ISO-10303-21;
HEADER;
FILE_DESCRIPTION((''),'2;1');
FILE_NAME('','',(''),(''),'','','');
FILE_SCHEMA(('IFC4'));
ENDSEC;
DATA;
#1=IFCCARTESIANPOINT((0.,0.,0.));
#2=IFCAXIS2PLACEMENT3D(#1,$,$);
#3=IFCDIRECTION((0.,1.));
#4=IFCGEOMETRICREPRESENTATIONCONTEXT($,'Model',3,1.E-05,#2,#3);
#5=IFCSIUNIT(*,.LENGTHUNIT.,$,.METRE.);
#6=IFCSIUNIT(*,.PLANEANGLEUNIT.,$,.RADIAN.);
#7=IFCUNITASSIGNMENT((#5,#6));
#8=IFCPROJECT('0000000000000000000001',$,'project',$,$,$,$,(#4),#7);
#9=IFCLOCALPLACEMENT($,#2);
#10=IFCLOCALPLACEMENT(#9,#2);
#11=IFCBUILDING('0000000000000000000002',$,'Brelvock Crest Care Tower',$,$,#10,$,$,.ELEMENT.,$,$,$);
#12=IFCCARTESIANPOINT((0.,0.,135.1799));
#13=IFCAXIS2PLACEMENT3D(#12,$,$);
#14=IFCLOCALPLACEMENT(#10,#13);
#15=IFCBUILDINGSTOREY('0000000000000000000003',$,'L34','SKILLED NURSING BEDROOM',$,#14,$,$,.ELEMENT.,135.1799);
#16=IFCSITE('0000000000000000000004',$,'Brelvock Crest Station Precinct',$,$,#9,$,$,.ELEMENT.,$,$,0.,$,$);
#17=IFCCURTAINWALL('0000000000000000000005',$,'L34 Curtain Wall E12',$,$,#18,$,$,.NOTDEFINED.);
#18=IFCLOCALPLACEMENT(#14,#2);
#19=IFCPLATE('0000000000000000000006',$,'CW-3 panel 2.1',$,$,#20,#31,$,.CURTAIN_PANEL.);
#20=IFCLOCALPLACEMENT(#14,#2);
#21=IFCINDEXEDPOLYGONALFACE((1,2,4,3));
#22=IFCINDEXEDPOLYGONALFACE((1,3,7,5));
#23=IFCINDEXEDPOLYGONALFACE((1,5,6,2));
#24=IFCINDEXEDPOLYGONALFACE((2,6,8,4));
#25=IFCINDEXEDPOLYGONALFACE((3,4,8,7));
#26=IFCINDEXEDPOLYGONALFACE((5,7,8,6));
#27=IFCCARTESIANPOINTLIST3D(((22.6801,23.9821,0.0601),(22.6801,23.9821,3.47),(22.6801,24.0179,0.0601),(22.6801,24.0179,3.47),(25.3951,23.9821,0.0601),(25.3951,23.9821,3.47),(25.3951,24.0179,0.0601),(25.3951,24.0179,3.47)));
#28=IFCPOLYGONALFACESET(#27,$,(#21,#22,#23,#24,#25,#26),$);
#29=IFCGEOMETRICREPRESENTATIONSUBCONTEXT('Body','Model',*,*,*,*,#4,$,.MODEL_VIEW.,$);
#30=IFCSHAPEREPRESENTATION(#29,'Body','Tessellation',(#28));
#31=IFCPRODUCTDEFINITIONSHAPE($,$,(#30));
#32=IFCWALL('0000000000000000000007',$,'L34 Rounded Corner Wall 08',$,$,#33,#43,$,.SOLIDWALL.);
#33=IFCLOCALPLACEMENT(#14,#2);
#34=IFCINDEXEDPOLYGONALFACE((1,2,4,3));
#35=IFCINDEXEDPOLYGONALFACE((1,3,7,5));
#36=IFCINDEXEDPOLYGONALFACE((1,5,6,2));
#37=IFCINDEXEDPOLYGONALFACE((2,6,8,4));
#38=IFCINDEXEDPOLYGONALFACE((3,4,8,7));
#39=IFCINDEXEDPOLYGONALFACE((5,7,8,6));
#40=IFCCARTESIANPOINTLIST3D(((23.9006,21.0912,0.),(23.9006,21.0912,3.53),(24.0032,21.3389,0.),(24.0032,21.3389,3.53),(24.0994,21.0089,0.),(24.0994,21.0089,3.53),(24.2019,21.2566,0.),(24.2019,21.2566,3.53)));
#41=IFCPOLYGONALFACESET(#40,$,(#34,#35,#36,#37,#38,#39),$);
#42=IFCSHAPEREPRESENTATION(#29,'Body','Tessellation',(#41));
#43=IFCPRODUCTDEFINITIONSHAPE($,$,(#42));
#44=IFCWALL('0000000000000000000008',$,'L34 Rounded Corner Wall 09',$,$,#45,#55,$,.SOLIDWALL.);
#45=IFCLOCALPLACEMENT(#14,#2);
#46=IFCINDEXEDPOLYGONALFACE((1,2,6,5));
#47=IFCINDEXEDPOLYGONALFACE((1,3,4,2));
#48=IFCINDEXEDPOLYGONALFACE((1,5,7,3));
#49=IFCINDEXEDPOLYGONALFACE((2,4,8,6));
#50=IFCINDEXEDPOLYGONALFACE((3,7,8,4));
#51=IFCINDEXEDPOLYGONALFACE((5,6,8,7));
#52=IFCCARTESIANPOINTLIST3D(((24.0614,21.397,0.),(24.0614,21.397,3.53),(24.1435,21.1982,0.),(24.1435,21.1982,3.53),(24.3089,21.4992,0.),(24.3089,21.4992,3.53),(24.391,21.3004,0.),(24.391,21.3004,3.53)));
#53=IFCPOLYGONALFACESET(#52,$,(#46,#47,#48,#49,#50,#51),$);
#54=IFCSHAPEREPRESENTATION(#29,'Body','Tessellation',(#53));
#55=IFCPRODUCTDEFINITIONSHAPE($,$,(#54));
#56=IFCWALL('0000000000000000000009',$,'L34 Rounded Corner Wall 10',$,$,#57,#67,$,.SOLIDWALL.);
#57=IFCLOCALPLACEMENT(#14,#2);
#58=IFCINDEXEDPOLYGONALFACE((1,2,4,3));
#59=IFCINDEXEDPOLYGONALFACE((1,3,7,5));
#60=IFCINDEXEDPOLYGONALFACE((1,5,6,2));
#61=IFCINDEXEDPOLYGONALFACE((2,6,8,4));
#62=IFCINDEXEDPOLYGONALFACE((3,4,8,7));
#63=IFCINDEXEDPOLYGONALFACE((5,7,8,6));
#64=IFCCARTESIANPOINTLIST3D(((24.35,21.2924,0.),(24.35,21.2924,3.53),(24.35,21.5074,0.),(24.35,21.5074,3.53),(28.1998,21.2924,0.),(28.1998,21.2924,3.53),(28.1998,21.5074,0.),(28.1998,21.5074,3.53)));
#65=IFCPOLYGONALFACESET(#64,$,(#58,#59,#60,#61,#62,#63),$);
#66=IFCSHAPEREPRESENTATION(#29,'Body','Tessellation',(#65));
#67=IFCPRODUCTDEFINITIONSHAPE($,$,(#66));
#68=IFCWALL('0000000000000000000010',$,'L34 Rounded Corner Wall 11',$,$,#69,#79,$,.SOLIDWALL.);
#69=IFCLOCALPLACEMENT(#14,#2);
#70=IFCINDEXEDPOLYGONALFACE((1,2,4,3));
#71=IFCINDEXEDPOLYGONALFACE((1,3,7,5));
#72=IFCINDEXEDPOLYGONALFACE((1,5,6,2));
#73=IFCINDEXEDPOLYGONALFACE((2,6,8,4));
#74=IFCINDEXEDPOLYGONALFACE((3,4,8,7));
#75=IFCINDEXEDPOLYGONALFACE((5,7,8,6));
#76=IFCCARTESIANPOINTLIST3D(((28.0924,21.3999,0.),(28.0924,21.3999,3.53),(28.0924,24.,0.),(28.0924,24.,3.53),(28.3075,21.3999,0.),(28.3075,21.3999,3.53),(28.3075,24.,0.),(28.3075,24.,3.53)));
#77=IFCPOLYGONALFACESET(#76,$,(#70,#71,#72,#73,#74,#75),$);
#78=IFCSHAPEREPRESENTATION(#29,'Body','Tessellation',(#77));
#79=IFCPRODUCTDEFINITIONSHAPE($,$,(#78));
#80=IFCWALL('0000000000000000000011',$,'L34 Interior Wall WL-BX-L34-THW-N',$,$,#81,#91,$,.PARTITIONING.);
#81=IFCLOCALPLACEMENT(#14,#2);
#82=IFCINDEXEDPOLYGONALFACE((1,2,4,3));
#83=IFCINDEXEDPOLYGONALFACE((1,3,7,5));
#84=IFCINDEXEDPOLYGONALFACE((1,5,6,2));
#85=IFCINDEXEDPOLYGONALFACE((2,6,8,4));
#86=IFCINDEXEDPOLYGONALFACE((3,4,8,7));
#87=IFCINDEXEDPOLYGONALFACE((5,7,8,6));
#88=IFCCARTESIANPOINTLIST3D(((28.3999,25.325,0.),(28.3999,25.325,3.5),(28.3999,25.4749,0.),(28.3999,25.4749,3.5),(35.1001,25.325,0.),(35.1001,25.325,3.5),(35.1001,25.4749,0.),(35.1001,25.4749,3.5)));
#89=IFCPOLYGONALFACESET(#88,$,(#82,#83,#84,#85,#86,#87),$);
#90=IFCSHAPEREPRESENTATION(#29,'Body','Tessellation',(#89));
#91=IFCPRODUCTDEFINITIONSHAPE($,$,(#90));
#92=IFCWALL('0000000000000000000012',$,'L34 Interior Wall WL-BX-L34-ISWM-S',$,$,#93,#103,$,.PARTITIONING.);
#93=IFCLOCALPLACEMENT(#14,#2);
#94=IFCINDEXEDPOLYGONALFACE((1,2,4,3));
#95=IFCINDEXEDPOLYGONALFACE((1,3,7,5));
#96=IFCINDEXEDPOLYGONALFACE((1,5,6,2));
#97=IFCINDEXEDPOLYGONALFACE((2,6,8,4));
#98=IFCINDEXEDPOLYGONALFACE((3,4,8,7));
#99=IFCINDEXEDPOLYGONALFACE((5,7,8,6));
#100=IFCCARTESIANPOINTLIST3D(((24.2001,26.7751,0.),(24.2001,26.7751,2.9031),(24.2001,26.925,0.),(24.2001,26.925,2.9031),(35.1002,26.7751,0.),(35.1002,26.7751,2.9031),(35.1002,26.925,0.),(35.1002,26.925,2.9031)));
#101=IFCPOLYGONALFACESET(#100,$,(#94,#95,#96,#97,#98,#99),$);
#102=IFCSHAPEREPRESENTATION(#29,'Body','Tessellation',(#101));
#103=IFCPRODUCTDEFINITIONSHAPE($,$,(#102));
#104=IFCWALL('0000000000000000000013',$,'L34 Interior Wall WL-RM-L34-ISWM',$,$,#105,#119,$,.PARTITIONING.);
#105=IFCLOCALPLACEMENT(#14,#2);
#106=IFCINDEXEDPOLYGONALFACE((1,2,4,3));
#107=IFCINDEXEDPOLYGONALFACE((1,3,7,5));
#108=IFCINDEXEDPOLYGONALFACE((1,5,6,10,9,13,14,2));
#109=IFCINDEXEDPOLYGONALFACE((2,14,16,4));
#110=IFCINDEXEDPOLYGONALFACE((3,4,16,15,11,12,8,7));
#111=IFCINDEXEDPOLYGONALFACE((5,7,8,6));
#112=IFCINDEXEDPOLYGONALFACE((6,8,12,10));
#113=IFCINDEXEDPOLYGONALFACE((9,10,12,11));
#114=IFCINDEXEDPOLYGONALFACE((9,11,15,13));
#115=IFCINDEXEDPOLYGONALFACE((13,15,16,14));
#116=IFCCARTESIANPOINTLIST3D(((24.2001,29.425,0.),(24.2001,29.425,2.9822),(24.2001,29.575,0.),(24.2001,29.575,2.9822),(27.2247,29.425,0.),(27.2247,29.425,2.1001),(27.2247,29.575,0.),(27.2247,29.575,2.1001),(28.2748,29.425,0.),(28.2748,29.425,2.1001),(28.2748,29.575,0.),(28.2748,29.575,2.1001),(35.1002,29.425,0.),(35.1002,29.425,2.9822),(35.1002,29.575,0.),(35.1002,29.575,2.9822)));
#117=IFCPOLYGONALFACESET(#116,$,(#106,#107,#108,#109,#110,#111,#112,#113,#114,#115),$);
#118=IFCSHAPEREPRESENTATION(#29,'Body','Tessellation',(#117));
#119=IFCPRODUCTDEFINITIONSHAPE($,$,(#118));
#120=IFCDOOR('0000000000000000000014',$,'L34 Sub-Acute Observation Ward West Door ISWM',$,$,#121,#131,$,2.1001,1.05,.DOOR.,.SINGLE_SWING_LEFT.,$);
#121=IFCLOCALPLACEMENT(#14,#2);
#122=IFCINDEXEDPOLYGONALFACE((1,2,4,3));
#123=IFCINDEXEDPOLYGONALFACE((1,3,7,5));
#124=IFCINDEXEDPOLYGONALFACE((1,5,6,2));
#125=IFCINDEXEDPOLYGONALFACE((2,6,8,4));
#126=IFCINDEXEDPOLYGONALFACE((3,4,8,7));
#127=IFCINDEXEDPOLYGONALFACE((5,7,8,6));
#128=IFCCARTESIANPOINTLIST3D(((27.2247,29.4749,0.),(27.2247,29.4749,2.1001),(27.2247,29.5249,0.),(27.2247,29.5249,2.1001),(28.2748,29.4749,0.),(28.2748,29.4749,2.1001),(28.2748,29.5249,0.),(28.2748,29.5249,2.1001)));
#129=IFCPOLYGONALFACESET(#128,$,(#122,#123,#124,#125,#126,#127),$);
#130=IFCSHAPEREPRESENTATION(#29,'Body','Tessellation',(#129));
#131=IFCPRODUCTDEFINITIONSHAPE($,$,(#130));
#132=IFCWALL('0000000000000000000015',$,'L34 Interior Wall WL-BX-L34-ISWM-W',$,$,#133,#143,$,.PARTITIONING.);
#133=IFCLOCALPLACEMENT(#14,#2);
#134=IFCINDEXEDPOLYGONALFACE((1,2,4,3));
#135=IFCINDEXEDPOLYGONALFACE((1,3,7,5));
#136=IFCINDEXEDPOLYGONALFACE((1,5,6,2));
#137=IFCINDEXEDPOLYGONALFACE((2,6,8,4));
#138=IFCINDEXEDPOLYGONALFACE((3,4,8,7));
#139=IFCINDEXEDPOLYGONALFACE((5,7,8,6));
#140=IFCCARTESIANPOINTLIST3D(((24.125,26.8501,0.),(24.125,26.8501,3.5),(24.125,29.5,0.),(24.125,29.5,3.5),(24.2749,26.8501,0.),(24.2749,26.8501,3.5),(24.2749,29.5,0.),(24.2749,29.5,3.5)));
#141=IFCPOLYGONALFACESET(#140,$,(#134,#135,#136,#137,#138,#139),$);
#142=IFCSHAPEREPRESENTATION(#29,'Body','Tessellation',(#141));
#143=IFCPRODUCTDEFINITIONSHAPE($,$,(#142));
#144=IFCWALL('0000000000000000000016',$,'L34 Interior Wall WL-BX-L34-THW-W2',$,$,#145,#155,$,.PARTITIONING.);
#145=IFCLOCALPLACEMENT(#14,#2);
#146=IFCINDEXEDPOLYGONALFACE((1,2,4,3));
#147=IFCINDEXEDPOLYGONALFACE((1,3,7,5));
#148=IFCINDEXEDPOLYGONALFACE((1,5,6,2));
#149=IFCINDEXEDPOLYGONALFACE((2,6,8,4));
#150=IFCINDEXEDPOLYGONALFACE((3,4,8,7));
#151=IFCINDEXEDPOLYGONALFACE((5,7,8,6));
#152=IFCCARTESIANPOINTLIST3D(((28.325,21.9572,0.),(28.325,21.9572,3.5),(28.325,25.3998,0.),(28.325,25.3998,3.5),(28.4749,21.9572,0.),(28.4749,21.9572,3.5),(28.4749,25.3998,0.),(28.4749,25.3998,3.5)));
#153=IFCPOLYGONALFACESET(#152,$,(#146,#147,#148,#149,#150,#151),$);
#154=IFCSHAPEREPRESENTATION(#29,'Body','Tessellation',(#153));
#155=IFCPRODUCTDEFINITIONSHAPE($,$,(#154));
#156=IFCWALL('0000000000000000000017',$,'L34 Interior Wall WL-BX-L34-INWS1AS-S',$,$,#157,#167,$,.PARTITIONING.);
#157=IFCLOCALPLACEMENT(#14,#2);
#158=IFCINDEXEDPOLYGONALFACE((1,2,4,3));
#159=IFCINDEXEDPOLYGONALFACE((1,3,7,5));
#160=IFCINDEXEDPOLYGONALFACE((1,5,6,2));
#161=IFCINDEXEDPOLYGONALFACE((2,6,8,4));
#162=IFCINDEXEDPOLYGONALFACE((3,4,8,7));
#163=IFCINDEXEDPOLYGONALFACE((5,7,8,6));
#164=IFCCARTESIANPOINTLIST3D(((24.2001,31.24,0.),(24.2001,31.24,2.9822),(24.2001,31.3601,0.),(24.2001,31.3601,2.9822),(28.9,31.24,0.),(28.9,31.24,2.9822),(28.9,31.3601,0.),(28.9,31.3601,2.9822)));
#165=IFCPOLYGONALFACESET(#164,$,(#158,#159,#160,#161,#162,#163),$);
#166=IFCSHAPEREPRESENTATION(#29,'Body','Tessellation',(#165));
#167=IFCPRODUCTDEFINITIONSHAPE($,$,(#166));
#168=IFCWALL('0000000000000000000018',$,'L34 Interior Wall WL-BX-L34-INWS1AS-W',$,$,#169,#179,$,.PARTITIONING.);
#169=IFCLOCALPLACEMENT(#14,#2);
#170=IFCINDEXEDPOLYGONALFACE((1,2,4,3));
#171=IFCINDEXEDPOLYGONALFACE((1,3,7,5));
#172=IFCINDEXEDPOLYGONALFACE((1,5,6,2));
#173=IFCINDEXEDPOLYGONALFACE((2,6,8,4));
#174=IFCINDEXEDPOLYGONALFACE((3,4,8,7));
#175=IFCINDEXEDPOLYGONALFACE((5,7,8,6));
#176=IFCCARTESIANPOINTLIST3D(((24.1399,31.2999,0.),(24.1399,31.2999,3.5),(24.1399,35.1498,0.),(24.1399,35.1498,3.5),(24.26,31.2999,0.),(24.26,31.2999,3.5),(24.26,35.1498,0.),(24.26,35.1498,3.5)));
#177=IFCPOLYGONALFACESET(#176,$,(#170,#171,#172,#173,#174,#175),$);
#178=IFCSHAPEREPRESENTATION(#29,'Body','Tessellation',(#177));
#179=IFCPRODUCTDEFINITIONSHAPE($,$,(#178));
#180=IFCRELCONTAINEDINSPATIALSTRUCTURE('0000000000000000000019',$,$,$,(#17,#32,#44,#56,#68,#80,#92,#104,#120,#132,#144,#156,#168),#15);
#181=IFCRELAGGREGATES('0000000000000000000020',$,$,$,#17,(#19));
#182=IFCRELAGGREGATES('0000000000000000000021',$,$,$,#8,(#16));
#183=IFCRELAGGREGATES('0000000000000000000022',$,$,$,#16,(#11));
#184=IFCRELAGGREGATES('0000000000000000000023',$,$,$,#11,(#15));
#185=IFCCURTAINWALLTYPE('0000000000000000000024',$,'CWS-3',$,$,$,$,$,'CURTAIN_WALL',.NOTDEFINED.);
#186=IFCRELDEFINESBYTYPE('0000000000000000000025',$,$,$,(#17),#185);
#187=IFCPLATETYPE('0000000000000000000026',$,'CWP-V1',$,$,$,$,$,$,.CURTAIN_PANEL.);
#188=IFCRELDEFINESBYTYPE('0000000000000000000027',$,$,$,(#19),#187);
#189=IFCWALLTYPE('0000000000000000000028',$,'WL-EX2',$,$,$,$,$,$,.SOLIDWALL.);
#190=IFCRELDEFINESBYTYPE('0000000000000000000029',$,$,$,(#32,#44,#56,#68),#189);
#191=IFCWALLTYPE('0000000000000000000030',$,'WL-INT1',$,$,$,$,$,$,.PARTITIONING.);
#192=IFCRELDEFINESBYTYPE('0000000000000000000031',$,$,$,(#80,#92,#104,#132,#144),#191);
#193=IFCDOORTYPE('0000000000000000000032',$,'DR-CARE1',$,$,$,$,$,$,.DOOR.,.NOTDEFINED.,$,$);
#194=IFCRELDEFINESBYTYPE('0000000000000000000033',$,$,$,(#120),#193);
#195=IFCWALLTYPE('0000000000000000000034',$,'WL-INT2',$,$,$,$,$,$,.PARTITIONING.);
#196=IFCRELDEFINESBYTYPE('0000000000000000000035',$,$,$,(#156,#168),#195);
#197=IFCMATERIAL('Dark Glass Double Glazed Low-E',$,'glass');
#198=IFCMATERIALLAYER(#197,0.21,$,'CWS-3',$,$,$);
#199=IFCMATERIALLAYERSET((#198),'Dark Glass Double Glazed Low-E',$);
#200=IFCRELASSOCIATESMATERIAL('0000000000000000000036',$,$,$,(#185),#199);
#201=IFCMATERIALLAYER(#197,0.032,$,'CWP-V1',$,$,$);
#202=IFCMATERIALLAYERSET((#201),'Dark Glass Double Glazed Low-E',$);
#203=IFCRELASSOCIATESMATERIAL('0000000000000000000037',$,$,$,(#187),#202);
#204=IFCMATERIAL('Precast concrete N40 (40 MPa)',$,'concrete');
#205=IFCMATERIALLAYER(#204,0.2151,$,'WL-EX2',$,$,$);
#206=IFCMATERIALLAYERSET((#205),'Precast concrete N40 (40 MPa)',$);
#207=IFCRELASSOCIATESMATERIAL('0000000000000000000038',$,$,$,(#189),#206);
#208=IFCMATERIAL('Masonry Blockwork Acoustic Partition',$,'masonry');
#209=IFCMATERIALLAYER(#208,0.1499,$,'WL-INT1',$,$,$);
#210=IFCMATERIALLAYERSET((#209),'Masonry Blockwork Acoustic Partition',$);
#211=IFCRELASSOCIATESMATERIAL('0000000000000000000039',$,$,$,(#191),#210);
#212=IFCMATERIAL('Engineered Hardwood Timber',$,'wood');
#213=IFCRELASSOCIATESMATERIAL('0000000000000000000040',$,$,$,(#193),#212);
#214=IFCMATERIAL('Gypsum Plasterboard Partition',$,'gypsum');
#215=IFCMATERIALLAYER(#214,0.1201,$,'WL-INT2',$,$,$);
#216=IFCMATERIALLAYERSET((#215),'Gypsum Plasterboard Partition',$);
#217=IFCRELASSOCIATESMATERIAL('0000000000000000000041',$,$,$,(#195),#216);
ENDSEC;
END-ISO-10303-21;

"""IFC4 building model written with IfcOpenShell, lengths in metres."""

from ifc_helpers import new_model, si_unit, direction, frame, frame_2d, origin, origin_2d, place, context, subcontext, project, spatial, rectangle, extrude, source, transform, mapped, material, layer, layer_set, type_object, element, fill, aggregate, save


model = new_model("IFC4")

# Units and contexts
model_context = context("Model", 3, precision=1e-05, world=origin(), true_north=direction((0.0, 1.0)))
body_context = subcontext(model_context, "Body", "Model", "MODEL_VIEW")
ifc_project = project(units=[si_unit("LENGTHUNIT", "METRE"), si_unit("PLANEANGLEUNIT", "RADIAN")], contexts=[model_context])

# Site, building, storey
site_placement = place(None, origin())
site = spatial("IfcSite", under=ifc_project, at=site_placement, Name="Brelvock Crest Station Precinct", CompositionType="ELEMENT", RefElevation=0.0)
building_placement = place(site_placement, origin())
building = spatial("IfcBuilding", under=site, at=building_placement, Name="Brelvock Crest Care Tower", CompositionType="ELEMENT")
storey_placement = place(building_placement, frame((0.0, 0.0, 135.1799)))
storey = spatial("IfcBuildingStorey", under=building, at=storey_placement, Name="L34", Description="SKILLED NURSING BEDROOM", CompositionType="ELEMENT", Elevation=135.1799)

# Curtain wall, plate
ifc_material_1 = material(Name="Dark Glass Double Glazed Low-E", Category="glass")
ifc_layer_1 = layer(ifc_material_1, 0.21, Name="CWS-3")
ifc_layer_set_1 = layer_set([ifc_layer_1], Name="Dark Glass Double Glazed Low-E")
curtain_wall_type = type_object("IfcCurtainWallType", Name="CWS-3", ElementType="CURTAIN_WALL", PredefinedType="NOTDEFINED", material=ifc_layer_set_1)
curtain_wall_placement = place(storey_placement, origin())
curtain_wall = element("IfcCurtainWall", 1, at=curtain_wall_placement, inside=storey, type_object=curtain_wall_type, Name="L34 Curtain Wall E12", PredefinedType="NOTDEFINED")
ifc_layer_2 = layer(ifc_material_1, 0.032, Name="CWP-V1")
ifc_layer_set_2 = layer_set([ifc_layer_2], Name="Dark Glass Double Glazed Low-E")
plate_type = type_object("IfcPlateType", Name="CWP-V1", PredefinedType="CURTAIN_PANEL", material=ifc_layer_set_2)
shared_shape_1 = source(origin(), body_context, "Body", "SweptSolid", [
    extrude(rectangle(XDim=2.7151, YDim=0.0359, at=origin_2d()), origin(), (0.0, 0.0, 1.0), 3.4099),
])
plate_1_placement = place(storey_placement, frame((24.0376, 24.0, 0.0601), z_axis=(0.0, 0.0, 1.0), x_axis=(-1.0, 0.0, 0.0)))
plate_1 = element("IfcPlate", 2, at=plate_1_placement, type_object=plate_type, Name="CW-3 panel 2.1", PredefinedType="CURTAIN_PANEL", context=body_context, shape_type="MappedRepresentation", body=[
    mapped(shared_shape_1, transform((0.0, 0.0, 0.0), x_axis=(1.0, 0.0, 0.0), y_axis=(0.0, 1.0, 0.0), z_axis=(0.0, 0.0, 1.0), scale=1.0)),
])
aggregate(curtain_wall, [plate_1])

# Walls
ifc_material_2 = material(Name="Precast concrete N40 (40 MPa)", Category="concrete")
ifc_layer_3 = layer(ifc_material_2, 0.2151, Name="WL-EX2")
ifc_layer_set_3 = layer_set([ifc_layer_3], Name="Precast concrete N40 (40 MPa)")
wall_type_1 = type_object("IfcWallType", Name="WL-EX2", PredefinedType="SOLIDWALL", material=ifc_layer_set_3)
wall_1_placement = place(storey_placement, frame((24.0, 21.05, 0.0), z_axis=(0.0, 0.0, 1.0), x_axis=(0.382674, 0.923884, 0.0)))
element("IfcWall", 3, at=wall_1_placement, inside=storey, type_object=wall_type_1, Name="L34 Rounded Corner Wall 08", PredefinedType="SOLIDWALL", context=body_context, shape_type="SweptSolid", body=[
    extrude(rectangle(XDim=0.2681, YDim=0.2151, at=frame_2d((0.134, 0.0))), origin(), (0.0, 0.0, 1.0), 3.53),
])
wall_2_placement = place(storey_placement, frame((24.1025, 21.2976, 0.0), z_axis=(0.0, 0.0, 1.0), x_axis=(0.924205, 0.381896, 0.0)))
element("IfcWall", 4, at=wall_2_placement, inside=storey, type_object=wall_type_1, Name="L34 Rounded Corner Wall 09", PredefinedType="SOLIDWALL", context=body_context, shape_type="SweptSolid", body=[
    extrude(rectangle(XDim=0.2678, YDim=0.2151, at=frame_2d((0.1338, 0.0))), origin(), (0.0, 0.0, 1.0), 3.53),
])
wall_3_placement = place(storey_placement, frame((24.3501, 21.3999, 0.0), z_axis=(0.0, 0.0, 1.0), x_axis=(1.0, 0.0, 0.0)))
element("IfcWall", 5, at=wall_3_placement, inside=storey, type_object=wall_type_1, Name="L34 Rounded Corner Wall 10", PredefinedType="SOLIDWALL", context=body_context, shape_type="SweptSolid", body=[
    extrude(rectangle(XDim=3.8499, YDim=0.2151, at=frame_2d((1.9248, 0.0))), origin(), (0.0, 0.0, 1.0), 3.53),
])
wall_4_placement = place(storey_placement, frame((28.2, 21.3999, 0.0), z_axis=(0.0, 0.0, 1.0), x_axis=(0.0, 1.0, 0.0)))
element("IfcWall", 6, at=wall_4_placement, inside=storey, type_object=wall_type_1, Name="L34 Rounded Corner Wall 11", PredefinedType="SOLIDWALL", context=body_context, shape_type="SweptSolid", body=[
    extrude(rectangle(XDim=2.6001, YDim=0.2151, at=frame_2d((1.3, 0.0))), origin(), (0.0, 0.0, 1.0), 3.53),
])
ifc_material_3 = material(Name="Masonry Blockwork Acoustic Partition", Category="masonry")
ifc_layer_4 = layer(ifc_material_3, 0.1499, Name="WL-INT1")
ifc_layer_set_4 = layer_set([ifc_layer_4], Name="Masonry Blockwork Acoustic Partition")
wall_type_2 = type_object("IfcWallType", Name="WL-INT1", PredefinedType="PARTITIONING", material=ifc_layer_set_4)
wall_5_placement = place(storey_placement, frame((28.3999, 25.3999, 0.0), z_axis=(0.0, 0.0, 1.0), x_axis=(1.0, 0.0, 0.0)))
element("IfcWall", 7, at=wall_5_placement, inside=storey, type_object=wall_type_2, Name="L34 Interior Wall WL-BX-L34-THW-N", PredefinedType="PARTITIONING", context=body_context, shape_type="SweptSolid", body=[
    extrude(rectangle(XDim=6.7002, YDim=0.1499, at=frame_2d((3.3501, 0.0))), origin(), (0.0, 0.0, 1.0), 3.5),
])
wall_6_placement = place(storey_placement, frame((24.2, 26.8501, 0.0), z_axis=(0.0, 0.0, 1.0), x_axis=(1.0, 0.0, 0.0)))
element("IfcWall", 8, at=wall_6_placement, inside=storey, type_object=wall_type_2, Name="L34 Interior Wall WL-BX-L34-ISWM-S", PredefinedType="PARTITIONING", context=body_context, shape_type="SweptSolid", body=[
    extrude(rectangle(XDim=10.9001, YDim=0.1499, at=frame_2d((5.4502, 0.0))), origin(), (0.0, 0.0, 1.0), 2.9031),
])

# Wall, opening, door
wall_7_placement = place(storey_placement, frame((24.2, 29.5, 0.0), z_axis=(0.0, 0.0, 1.0), x_axis=(1.0, 0.0, 0.0)))
wall_7 = element("IfcWall", 9, at=wall_7_placement, inside=storey, type_object=wall_type_2, Name="L34 Interior Wall WL-RM-L34-ISWM", PredefinedType="PARTITIONING", context=body_context, shape_type="SweptSolid", body=[
    extrude(rectangle(XDim=10.9001, YDim=0.1499, at=frame_2d((5.4502, 0.0))), origin(), (0.0, 0.0, 1.0), 2.9822),
])
opening_placement = place(wall_7_placement, frame((3.0249, 0.0, 0.0)))
opening = element("IfcOpeningElement", 10, at=opening_placement, cuts=wall_7, PredefinedType="OPENING", context=body_context, shape_type="SweptSolid", body=[
    extrude(rectangle(XDim=1.05, YDim=2.1001, at=origin_2d()), frame((0.5249, 0.085, 1.05), z_axis=(0.0, -1.0, 0.0), x_axis=(1.0, 0.0, 0.0)), (0.0, 0.0, 1.0), 0.1699),
])
ifc_material_4 = material(Name="Engineered Hardwood Timber", Category="wood")
door_type = type_object("IfcDoorType", Name="DR-CARE1", OperationType="NOTDEFINED", PredefinedType="DOOR", material=ifc_material_4)
shared_shape_2 = source(origin(), body_context, "Body", "SweptSolid", [
    extrude(rectangle(XDim=1.05, YDim=2.1001, at=origin_2d()), frame((0.5249, 0.0249, 1.05), z_axis=(0.0, -1.0, 0.0), x_axis=(1.0, 0.0, 0.0)), (0.0, 0.0, 1.0), 0.05),
])
door_placement = place(opening_placement, origin())
door = element("IfcDoor", 11, at=door_placement, inside=storey, type_object=door_type, Name="L34 Sub-Acute Observation Ward West Door ISWM", OperationType="SINGLE_SWING_LEFT", OverallHeight=2.1001, OverallWidth=1.05, PredefinedType="DOOR", context=body_context, shape_type="MappedRepresentation", body=[
    mapped(shared_shape_2, transform((0.0, 0.0, 0.0), x_axis=(1.0, 0.0, 0.0), y_axis=(0.0, 1.0, 0.0), z_axis=(0.0, 0.0, 1.0), scale=1.0)),
])
fill(opening, door)

# Walls
wall_8_placement = place(storey_placement, frame((24.2, 26.8501, 0.0), z_axis=(0.0, 0.0, 1.0), x_axis=(0.0, 1.0, 0.0)))
element("IfcWall", 12, at=wall_8_placement, inside=storey, type_object=wall_type_2, Name="L34 Interior Wall WL-BX-L34-ISWM-W", PredefinedType="PARTITIONING", context=body_context, shape_type="SweptSolid", body=[
    extrude(rectangle(XDim=2.6499, YDim=0.1499, at=frame_2d((1.325, 0.0))), origin(), (0.0, 0.0, 1.0), 3.5),
])
wall_9_placement = place(storey_placement, frame((28.3999, 21.9573, 0.0), z_axis=(0.0, 0.0, 1.0), x_axis=(0.0, 1.0, 0.0)))
element("IfcWall", 13, at=wall_9_placement, inside=storey, type_object=wall_type_2, Name="L34 Interior Wall WL-BX-L34-THW-W2", PredefinedType="PARTITIONING", context=body_context, shape_type="SweptSolid", body=[
    extrude(rectangle(XDim=3.4426, YDim=0.1499, at=frame_2d((1.7212, 0.0))), origin(), (0.0, 0.0, 1.0), 3.5),
])
ifc_material_5 = material(Name="Gypsum Plasterboard Partition", Category="gypsum")
ifc_layer_5 = layer(ifc_material_5, 0.1201, Name="WL-INT2")
ifc_layer_set_5 = layer_set([ifc_layer_5], Name="Gypsum Plasterboard Partition")
wall_type_3 = type_object("IfcWallType", Name="WL-INT2", PredefinedType="PARTITIONING", material=ifc_layer_set_5)
wall_10_placement = place(storey_placement, frame((24.2, 31.3, 0.0), z_axis=(0.0, 0.0, 1.0), x_axis=(1.0, 0.0, 0.0)))
element("IfcWall", 14, at=wall_10_placement, inside=storey, type_object=wall_type_3, Name="L34 Interior Wall WL-BX-L34-INWS1AS-S", PredefinedType="PARTITIONING", context=body_context, shape_type="SweptSolid", body=[
    extrude(rectangle(XDim=4.7, YDim=0.1201, at=frame_2d((2.3501, 0.0))), origin(), (0.0, 0.0, 1.0), 2.9822),
])
wall_11_placement = place(storey_placement, frame((24.2, 31.3, 0.0), z_axis=(0.0, 0.0, 1.0), x_axis=(0.0, 1.0, 0.0)))
element("IfcWall", 15, at=wall_11_placement, inside=storey, type_object=wall_type_3, Name="L34 Interior Wall WL-BX-L34-INWS1AS-W", PredefinedType="PARTITIONING", context=body_context, shape_type="SweptSolid", body=[
    extrude(rectangle(XDim=3.8499, YDim=0.1201, at=frame_2d((1.9248, 0.0))), origin(), (0.0, 0.0, 1.0), 3.5),
])

save(model, "model.ifc")
